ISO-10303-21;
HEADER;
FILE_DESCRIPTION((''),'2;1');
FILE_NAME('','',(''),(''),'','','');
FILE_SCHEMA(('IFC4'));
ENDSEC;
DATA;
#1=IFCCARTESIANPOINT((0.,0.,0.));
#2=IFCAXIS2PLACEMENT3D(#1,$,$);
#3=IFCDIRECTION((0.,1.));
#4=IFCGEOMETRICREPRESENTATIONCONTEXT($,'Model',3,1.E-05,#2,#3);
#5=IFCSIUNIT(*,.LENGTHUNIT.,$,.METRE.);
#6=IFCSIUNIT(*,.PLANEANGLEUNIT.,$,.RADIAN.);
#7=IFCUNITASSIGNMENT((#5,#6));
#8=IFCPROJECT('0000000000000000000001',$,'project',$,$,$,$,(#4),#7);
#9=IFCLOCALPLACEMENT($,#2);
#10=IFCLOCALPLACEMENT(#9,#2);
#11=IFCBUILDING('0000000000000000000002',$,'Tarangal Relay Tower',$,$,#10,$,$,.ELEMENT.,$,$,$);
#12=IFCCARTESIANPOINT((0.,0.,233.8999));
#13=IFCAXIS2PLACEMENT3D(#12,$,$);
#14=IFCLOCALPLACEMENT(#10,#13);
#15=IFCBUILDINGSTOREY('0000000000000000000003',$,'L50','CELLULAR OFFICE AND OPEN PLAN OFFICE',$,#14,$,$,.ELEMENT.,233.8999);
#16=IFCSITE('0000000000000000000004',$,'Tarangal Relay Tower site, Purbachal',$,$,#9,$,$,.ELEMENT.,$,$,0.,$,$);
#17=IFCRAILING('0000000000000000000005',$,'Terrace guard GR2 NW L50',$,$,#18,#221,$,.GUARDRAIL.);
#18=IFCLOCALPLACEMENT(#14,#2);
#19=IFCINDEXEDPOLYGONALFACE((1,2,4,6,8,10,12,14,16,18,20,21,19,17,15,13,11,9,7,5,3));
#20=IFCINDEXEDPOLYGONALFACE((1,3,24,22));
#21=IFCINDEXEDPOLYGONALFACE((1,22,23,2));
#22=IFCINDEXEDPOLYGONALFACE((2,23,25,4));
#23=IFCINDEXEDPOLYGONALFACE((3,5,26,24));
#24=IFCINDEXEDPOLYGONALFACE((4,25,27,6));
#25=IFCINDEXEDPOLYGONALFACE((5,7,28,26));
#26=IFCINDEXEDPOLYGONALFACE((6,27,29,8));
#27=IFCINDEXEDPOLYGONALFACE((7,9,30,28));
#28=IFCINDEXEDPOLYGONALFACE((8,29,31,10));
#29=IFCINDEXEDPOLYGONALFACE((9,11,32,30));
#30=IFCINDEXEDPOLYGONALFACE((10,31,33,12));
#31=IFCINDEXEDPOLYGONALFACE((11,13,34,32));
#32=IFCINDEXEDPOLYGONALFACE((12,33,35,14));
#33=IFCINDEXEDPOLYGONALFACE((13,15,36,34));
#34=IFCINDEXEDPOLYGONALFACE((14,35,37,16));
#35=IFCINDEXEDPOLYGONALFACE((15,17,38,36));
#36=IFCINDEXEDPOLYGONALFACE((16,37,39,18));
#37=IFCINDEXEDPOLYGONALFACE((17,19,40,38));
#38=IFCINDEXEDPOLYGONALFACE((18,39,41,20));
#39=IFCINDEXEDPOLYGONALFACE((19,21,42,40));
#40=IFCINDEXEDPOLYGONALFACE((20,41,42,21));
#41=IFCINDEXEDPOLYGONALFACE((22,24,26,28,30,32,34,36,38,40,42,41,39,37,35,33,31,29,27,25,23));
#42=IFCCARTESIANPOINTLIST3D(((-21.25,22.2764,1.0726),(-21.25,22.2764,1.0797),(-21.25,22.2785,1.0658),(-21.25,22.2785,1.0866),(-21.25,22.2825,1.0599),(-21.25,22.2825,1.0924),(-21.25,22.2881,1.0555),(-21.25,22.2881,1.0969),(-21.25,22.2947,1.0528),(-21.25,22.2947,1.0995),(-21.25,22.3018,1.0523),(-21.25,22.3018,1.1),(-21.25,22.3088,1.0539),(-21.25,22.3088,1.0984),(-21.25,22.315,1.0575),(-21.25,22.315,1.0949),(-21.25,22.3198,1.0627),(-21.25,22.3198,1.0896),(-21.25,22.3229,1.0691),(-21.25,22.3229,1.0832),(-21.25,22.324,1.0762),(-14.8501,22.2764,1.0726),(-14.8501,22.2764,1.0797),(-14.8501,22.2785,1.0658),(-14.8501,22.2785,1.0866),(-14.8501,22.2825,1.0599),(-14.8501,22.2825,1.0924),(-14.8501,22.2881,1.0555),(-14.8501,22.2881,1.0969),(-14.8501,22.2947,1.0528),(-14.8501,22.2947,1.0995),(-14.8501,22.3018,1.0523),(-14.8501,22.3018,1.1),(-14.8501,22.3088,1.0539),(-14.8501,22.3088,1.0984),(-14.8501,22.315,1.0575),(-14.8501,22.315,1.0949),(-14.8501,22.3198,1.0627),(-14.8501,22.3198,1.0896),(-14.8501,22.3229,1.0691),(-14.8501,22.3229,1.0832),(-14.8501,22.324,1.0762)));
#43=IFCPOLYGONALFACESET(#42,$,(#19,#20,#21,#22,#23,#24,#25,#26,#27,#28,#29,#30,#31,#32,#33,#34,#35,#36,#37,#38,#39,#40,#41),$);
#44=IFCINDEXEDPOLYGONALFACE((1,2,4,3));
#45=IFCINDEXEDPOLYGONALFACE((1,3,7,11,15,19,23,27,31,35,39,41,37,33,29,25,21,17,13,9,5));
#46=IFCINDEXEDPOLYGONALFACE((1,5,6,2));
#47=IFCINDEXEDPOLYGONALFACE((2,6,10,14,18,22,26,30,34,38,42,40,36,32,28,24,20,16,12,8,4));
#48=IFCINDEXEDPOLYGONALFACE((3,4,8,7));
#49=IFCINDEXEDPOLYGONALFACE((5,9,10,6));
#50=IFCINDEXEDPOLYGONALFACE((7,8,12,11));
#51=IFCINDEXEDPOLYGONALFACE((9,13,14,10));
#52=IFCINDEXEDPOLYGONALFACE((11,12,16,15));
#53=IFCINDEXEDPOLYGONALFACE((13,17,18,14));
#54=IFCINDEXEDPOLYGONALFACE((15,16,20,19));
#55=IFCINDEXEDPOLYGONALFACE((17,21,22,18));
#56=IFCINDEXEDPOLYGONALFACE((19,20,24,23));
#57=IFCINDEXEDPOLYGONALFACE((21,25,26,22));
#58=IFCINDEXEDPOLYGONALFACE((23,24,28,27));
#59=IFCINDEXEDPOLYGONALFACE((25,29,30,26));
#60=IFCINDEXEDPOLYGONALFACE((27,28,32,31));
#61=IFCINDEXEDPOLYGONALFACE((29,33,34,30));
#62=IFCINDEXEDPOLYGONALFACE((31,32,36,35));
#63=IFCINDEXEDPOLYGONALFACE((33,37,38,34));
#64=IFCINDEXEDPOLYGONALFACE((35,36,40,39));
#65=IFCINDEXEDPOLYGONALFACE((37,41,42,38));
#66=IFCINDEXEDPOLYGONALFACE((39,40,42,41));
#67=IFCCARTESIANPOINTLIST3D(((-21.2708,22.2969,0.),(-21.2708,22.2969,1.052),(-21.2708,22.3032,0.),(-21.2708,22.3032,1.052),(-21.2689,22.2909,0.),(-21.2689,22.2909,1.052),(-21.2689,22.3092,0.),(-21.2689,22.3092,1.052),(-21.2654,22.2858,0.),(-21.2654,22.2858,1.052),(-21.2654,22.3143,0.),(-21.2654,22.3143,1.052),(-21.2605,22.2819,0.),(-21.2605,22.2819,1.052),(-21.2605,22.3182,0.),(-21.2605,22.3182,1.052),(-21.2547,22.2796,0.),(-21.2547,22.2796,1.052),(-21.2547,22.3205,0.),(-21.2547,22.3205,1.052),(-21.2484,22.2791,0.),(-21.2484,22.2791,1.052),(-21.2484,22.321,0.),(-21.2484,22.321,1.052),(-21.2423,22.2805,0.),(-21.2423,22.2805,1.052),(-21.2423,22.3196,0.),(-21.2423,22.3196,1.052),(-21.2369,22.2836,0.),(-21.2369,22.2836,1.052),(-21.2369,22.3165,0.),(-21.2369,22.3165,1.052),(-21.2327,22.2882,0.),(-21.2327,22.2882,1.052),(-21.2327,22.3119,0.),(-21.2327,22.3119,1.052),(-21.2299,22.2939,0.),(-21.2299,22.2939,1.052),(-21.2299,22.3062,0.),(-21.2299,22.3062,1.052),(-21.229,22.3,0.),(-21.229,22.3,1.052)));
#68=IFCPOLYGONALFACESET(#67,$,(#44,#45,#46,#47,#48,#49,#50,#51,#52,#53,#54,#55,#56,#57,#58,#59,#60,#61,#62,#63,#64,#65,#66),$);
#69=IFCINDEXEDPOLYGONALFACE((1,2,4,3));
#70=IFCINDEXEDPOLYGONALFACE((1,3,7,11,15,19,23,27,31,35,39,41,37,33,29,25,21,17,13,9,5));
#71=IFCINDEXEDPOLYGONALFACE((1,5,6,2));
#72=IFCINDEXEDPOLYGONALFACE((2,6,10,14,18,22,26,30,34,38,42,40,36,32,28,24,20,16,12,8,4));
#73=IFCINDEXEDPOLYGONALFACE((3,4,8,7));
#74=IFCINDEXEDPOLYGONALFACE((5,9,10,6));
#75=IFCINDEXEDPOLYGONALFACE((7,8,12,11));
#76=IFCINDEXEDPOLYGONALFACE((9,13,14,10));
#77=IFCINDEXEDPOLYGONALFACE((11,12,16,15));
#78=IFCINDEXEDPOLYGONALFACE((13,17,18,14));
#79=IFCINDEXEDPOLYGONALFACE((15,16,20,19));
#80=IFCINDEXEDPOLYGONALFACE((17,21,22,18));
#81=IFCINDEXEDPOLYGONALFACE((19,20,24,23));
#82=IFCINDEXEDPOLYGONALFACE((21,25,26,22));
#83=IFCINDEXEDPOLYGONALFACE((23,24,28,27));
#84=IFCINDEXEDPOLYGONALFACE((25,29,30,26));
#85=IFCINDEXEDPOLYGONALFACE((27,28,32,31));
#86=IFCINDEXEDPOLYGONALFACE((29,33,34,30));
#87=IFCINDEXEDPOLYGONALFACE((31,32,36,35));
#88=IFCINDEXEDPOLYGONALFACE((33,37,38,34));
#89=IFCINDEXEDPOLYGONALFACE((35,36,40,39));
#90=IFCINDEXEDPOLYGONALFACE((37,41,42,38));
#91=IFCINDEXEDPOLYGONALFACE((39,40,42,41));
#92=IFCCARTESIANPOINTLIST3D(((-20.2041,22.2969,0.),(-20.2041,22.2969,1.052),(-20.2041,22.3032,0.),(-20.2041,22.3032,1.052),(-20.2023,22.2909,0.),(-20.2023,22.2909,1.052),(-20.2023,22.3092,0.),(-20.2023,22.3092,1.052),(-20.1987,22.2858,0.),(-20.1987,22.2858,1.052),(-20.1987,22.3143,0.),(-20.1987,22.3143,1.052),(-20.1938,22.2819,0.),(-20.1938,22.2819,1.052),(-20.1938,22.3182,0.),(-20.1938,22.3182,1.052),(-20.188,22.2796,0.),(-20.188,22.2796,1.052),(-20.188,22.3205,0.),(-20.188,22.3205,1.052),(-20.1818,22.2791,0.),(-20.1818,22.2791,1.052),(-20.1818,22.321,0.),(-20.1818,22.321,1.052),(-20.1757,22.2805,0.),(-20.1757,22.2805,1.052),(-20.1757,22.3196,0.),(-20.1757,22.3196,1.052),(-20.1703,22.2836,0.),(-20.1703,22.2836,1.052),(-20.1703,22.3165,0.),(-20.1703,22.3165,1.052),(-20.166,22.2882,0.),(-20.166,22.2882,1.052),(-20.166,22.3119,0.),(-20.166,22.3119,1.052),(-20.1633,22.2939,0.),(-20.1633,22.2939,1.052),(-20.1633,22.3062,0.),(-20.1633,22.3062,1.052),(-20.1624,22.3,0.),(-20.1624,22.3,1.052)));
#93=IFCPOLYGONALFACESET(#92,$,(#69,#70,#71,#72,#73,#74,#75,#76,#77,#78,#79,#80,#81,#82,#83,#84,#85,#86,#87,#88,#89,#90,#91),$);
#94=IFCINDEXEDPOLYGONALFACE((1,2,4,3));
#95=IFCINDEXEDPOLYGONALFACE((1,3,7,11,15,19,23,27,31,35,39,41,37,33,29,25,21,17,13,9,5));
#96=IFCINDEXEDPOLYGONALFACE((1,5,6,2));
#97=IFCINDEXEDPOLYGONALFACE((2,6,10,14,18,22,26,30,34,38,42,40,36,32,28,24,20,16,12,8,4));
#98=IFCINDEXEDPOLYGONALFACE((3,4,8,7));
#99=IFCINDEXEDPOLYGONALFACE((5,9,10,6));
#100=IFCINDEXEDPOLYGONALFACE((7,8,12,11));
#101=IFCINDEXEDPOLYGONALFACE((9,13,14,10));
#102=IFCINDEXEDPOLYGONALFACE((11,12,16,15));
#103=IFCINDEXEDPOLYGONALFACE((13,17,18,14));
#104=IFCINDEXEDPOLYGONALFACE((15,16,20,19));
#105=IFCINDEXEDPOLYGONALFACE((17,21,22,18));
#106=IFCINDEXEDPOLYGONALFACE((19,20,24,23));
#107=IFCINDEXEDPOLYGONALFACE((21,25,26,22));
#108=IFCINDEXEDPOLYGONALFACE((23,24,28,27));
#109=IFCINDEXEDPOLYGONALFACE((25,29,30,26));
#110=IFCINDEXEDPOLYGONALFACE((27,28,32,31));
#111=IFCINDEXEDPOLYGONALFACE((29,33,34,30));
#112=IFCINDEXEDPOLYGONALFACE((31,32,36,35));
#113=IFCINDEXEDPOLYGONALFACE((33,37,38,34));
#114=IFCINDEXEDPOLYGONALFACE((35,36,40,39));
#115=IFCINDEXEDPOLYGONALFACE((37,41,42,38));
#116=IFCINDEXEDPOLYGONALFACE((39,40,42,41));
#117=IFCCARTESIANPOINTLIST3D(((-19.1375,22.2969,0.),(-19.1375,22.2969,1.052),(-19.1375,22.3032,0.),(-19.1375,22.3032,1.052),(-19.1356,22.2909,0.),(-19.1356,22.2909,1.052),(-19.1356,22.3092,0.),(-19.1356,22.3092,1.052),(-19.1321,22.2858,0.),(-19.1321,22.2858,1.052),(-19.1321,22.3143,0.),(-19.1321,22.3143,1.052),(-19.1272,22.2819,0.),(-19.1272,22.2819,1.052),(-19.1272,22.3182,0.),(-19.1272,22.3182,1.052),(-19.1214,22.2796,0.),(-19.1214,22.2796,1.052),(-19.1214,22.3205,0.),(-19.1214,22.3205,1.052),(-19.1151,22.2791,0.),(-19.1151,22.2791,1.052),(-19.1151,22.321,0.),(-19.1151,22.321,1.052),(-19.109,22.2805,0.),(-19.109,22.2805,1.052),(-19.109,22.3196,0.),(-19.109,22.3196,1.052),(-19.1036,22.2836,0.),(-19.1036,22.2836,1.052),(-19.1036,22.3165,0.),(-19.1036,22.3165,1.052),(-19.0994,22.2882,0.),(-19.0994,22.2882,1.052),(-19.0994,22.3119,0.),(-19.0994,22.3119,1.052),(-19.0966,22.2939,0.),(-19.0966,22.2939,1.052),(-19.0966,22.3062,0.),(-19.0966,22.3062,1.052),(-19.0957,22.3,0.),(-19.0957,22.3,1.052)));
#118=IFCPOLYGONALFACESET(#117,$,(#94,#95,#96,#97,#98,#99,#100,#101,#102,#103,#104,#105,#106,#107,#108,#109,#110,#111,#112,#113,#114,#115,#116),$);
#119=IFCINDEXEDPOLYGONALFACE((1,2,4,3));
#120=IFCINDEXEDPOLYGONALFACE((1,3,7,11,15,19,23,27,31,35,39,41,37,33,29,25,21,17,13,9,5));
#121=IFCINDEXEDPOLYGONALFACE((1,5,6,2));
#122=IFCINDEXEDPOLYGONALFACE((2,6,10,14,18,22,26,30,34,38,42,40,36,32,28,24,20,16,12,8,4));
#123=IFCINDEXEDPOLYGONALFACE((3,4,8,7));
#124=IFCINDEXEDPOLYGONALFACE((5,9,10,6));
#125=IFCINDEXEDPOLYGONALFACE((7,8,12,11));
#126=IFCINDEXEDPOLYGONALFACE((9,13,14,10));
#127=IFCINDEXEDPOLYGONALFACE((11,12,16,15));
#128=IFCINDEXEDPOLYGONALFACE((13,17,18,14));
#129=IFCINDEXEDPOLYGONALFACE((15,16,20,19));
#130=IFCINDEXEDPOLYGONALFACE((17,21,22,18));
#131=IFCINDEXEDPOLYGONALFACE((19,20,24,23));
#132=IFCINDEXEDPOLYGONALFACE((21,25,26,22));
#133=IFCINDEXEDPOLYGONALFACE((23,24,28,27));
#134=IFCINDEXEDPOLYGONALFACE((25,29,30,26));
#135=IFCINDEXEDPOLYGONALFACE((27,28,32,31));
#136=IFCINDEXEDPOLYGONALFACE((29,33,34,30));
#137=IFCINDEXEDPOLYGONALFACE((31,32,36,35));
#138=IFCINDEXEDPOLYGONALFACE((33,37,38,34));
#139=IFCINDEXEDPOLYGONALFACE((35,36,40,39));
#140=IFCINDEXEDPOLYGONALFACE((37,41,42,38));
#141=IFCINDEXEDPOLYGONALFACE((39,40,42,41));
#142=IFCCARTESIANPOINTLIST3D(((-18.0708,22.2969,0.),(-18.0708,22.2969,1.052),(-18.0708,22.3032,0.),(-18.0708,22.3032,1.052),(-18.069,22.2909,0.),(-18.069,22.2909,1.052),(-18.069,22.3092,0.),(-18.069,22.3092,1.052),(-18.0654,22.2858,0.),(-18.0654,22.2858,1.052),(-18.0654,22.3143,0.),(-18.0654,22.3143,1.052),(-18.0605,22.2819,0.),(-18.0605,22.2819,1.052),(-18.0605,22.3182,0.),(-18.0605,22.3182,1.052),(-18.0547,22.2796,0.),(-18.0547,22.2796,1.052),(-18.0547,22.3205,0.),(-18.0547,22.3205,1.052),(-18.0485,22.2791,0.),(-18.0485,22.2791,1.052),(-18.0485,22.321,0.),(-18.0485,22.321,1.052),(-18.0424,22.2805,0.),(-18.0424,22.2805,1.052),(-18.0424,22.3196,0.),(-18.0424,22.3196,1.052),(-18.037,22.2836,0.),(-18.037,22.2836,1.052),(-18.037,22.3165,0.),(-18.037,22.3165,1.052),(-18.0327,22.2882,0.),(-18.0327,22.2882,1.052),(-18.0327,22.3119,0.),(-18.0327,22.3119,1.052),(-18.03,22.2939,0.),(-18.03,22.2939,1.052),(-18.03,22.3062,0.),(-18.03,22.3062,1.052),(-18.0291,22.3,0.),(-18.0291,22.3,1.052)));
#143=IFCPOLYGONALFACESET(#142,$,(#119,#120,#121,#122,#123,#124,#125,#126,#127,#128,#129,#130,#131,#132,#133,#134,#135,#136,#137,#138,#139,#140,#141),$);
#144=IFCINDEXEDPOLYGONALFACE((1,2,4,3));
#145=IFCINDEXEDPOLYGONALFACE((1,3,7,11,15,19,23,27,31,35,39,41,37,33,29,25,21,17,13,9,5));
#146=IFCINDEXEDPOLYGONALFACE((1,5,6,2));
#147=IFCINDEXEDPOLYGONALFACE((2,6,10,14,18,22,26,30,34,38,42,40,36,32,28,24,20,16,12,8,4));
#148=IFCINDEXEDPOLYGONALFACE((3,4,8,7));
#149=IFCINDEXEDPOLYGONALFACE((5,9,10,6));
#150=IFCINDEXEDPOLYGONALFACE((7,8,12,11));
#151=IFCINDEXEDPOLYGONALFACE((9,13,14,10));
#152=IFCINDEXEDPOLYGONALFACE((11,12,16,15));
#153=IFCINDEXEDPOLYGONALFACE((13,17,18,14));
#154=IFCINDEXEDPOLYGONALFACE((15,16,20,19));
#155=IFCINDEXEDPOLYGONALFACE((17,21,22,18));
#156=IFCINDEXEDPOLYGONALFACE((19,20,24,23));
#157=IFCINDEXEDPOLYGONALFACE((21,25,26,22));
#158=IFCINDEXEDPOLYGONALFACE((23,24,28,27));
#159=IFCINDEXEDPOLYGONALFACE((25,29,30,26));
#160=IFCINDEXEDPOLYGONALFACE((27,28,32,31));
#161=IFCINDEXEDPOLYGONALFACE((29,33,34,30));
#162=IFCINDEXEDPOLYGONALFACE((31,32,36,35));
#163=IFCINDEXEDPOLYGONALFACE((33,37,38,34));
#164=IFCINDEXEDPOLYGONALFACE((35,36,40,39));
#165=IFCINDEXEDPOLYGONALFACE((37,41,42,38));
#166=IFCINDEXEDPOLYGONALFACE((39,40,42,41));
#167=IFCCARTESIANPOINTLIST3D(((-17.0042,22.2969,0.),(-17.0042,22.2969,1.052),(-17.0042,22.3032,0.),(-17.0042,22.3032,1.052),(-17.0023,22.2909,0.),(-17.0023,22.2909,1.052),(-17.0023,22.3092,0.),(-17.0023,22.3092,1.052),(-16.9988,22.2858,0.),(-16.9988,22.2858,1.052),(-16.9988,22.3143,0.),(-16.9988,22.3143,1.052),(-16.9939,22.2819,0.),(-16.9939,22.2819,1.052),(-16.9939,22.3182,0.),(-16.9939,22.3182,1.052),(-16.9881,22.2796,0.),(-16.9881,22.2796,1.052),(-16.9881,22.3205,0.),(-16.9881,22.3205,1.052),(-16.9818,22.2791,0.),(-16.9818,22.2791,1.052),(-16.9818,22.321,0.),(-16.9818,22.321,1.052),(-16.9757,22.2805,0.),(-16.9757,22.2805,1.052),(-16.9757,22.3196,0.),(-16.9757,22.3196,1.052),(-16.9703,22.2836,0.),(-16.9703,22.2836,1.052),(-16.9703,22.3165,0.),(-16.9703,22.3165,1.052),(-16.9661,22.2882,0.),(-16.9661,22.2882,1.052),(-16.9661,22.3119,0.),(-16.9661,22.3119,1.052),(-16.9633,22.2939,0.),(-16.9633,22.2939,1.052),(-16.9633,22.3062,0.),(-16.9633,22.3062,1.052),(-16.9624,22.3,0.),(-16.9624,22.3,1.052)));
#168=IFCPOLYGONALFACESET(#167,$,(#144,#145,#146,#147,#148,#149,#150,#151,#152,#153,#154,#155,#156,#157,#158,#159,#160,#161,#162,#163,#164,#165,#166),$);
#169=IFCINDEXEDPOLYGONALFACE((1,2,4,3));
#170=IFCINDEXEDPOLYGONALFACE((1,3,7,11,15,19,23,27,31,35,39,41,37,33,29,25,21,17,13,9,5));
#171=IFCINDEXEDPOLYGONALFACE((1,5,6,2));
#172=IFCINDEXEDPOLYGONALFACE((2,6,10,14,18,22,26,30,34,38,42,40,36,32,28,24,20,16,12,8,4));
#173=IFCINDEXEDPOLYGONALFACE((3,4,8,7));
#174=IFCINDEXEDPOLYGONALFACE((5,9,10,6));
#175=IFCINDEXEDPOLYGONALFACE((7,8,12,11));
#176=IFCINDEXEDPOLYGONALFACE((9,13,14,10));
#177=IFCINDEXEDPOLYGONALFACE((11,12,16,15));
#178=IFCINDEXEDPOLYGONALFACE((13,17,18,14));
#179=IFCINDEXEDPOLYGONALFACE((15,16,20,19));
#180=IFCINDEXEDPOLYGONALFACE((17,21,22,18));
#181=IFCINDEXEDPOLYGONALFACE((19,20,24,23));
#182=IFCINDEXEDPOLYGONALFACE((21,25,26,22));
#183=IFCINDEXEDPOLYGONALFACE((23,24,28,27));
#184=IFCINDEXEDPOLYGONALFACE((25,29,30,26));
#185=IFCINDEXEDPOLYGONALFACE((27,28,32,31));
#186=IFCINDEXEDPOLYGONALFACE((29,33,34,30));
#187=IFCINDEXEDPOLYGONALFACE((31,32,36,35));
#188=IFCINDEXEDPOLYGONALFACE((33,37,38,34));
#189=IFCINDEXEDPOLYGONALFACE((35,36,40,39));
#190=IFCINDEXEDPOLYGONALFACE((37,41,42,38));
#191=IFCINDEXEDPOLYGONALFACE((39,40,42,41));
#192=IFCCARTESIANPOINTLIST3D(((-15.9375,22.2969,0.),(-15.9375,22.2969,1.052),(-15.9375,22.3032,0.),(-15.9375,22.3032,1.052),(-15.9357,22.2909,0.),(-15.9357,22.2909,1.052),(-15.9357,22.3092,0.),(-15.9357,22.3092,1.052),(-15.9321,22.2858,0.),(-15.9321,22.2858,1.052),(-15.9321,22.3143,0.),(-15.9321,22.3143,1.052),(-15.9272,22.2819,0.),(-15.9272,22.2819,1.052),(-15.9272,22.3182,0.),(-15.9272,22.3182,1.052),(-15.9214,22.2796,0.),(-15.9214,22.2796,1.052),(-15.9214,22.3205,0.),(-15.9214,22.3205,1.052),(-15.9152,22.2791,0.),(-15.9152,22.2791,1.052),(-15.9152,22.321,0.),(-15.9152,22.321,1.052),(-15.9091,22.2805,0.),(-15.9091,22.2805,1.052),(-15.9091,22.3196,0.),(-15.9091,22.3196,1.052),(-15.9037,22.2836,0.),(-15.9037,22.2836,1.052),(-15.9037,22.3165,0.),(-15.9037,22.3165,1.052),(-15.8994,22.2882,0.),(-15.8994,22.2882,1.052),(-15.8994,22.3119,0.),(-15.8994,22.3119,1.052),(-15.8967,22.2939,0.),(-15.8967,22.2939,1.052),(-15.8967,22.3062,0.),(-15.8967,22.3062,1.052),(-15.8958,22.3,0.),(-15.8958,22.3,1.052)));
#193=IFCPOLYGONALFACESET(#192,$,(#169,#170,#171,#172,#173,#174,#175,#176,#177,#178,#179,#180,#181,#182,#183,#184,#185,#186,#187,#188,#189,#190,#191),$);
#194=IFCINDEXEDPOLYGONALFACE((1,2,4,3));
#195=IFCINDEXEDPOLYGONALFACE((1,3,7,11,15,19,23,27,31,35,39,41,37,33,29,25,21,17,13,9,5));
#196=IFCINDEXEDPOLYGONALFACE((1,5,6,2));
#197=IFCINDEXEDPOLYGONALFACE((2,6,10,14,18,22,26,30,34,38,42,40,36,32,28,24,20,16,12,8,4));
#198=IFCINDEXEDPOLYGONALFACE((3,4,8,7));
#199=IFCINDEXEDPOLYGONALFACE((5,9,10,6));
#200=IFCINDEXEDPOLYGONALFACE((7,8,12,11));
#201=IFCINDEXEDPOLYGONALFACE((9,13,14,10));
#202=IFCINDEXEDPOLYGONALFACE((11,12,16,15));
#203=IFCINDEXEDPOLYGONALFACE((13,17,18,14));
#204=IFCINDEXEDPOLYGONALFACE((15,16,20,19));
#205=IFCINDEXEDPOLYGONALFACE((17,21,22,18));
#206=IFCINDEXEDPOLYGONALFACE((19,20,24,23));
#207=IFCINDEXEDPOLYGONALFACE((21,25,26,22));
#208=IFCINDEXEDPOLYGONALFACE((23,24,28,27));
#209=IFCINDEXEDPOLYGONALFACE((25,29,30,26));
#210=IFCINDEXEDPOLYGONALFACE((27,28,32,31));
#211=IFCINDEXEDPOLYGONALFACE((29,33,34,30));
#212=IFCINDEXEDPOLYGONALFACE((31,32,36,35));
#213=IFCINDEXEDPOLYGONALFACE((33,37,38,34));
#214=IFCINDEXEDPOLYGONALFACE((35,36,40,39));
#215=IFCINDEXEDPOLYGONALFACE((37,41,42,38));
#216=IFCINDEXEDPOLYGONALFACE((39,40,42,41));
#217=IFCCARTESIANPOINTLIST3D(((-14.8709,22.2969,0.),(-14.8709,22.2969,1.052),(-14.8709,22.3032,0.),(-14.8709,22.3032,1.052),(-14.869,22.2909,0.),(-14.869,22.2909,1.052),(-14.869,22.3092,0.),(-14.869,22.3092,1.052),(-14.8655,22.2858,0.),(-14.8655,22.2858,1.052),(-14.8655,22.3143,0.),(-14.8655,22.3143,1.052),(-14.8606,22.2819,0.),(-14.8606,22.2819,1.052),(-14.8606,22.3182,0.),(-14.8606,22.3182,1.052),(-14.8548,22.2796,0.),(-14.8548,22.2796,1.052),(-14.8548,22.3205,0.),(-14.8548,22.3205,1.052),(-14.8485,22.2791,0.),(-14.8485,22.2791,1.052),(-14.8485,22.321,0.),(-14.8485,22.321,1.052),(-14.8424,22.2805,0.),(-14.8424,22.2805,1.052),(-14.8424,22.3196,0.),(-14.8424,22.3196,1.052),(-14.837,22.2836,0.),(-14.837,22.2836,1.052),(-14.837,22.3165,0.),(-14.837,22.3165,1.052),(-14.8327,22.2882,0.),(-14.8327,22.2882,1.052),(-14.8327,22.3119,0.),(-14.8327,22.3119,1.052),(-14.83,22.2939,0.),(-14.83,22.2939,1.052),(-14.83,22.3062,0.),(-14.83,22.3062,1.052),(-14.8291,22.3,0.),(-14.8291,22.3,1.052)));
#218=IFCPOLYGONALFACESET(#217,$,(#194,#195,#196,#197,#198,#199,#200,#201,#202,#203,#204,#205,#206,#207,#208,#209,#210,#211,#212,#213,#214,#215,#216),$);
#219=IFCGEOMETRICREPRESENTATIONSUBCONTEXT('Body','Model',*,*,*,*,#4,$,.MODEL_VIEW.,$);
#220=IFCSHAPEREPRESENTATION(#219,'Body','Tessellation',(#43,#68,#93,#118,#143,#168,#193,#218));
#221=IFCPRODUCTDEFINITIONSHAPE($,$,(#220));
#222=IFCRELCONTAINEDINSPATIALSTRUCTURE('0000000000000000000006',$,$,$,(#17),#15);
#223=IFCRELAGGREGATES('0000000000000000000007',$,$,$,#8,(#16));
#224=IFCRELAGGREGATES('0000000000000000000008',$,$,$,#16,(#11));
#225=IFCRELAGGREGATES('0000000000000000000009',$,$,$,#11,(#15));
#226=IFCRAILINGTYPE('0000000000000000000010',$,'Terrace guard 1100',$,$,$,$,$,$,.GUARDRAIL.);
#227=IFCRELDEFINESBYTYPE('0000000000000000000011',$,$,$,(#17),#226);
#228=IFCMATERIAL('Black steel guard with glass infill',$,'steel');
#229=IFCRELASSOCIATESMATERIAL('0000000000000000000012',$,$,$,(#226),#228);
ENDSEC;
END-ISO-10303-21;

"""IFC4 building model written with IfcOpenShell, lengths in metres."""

from ifc_helpers import new_model, si_unit, direction, frame, origin, origin_2d, place, context, subcontext, project, spatial, circle, extrude, material, type_object, element, save


model = new_model("IFC4")

# Units and contexts
model_context = context("Model", 3, precision=1e-05, world=origin(), true_north=direction((0.0, 1.0)))
body_context = subcontext(model_context, "Body", "Model", "MODEL_VIEW")
ifc_project = project(units=[si_unit("LENGTHUNIT", "METRE"), si_unit("PLANEANGLEUNIT", "RADIAN")], contexts=[model_context])

# Site, building, storey
site_placement = place(None, origin())
site = spatial("IfcSite", under=ifc_project, at=site_placement, Name="Tarangal Relay Tower site, Purbachal", CompositionType="ELEMENT", RefElevation=0.0)
building_placement = place(site_placement, origin())
building = spatial("IfcBuilding", under=site, at=building_placement, Name="Tarangal Relay Tower", CompositionType="ELEMENT")
storey_placement = place(building_placement, frame((0.0, 0.0, 233.8999)))
storey = spatial("IfcBuildingStorey", under=building, at=storey_placement, Name="L50", Description="CELLULAR OFFICE AND OPEN PLAN OFFICE", CompositionType="ELEMENT", Elevation=233.8999)

# Railing
ifc_material_1 = material(Name="Black steel guard with glass infill", Category="steel")
railing_type = type_object("IfcRailingType", Name="Terrace guard 1100", PredefinedType="GUARDRAIL", material=ifc_material_1)
railing_1_placement = place(storey_placement, frame((-21.25, 22.3, 0.0)))
element("IfcRailing", 1, at=railing_1_placement, inside=storey, type_object=railing_type, Name="Terrace guard GR2 NW L50", PredefinedType="GUARDRAIL", context=body_context, shape_type="SweptSolid", body=[
    extrude(circle(Radius=0.0239, at=origin_2d()), frame((0.0, 0.0, 1.0762), z_axis=(1.0, 0.0, 0.0), x_axis=(0.0, 1.0, 0.0)), (0.0, 0.0, 1.0), 6.3999),
    extrude(circle(Radius=0.021, at=origin_2d()), origin(), (0.0, 0.0, 1.0), 1.052),
    extrude(circle(Radius=0.021, at=origin_2d()), frame((1.0667, 0.0, 0.0)), (0.0, 0.0, 1.0), 1.052),
    extrude(circle(Radius=0.021, at=origin_2d()), frame((2.1333, 0.0, 0.0)), (0.0, 0.0, 1.0), 1.052),
    extrude(circle(Radius=0.021, at=origin_2d()), frame((3.2, 0.0, 0.0)), (0.0, 0.0, 1.0), 1.052),
    extrude(circle(Radius=0.021, at=origin_2d()), frame((4.2666, 0.0, 0.0)), (0.0, 0.0, 1.0), 1.052),
    extrude(circle(Radius=0.021, at=origin_2d()), frame((5.3333, 0.0, 0.0)), (0.0, 0.0, 1.0), 1.052),
    extrude(circle(Radius=0.021, at=origin_2d()), frame((6.3999, 0.0, 0.0)), (0.0, 0.0, 1.0), 1.052),
])

save(model, "model.ifc")
